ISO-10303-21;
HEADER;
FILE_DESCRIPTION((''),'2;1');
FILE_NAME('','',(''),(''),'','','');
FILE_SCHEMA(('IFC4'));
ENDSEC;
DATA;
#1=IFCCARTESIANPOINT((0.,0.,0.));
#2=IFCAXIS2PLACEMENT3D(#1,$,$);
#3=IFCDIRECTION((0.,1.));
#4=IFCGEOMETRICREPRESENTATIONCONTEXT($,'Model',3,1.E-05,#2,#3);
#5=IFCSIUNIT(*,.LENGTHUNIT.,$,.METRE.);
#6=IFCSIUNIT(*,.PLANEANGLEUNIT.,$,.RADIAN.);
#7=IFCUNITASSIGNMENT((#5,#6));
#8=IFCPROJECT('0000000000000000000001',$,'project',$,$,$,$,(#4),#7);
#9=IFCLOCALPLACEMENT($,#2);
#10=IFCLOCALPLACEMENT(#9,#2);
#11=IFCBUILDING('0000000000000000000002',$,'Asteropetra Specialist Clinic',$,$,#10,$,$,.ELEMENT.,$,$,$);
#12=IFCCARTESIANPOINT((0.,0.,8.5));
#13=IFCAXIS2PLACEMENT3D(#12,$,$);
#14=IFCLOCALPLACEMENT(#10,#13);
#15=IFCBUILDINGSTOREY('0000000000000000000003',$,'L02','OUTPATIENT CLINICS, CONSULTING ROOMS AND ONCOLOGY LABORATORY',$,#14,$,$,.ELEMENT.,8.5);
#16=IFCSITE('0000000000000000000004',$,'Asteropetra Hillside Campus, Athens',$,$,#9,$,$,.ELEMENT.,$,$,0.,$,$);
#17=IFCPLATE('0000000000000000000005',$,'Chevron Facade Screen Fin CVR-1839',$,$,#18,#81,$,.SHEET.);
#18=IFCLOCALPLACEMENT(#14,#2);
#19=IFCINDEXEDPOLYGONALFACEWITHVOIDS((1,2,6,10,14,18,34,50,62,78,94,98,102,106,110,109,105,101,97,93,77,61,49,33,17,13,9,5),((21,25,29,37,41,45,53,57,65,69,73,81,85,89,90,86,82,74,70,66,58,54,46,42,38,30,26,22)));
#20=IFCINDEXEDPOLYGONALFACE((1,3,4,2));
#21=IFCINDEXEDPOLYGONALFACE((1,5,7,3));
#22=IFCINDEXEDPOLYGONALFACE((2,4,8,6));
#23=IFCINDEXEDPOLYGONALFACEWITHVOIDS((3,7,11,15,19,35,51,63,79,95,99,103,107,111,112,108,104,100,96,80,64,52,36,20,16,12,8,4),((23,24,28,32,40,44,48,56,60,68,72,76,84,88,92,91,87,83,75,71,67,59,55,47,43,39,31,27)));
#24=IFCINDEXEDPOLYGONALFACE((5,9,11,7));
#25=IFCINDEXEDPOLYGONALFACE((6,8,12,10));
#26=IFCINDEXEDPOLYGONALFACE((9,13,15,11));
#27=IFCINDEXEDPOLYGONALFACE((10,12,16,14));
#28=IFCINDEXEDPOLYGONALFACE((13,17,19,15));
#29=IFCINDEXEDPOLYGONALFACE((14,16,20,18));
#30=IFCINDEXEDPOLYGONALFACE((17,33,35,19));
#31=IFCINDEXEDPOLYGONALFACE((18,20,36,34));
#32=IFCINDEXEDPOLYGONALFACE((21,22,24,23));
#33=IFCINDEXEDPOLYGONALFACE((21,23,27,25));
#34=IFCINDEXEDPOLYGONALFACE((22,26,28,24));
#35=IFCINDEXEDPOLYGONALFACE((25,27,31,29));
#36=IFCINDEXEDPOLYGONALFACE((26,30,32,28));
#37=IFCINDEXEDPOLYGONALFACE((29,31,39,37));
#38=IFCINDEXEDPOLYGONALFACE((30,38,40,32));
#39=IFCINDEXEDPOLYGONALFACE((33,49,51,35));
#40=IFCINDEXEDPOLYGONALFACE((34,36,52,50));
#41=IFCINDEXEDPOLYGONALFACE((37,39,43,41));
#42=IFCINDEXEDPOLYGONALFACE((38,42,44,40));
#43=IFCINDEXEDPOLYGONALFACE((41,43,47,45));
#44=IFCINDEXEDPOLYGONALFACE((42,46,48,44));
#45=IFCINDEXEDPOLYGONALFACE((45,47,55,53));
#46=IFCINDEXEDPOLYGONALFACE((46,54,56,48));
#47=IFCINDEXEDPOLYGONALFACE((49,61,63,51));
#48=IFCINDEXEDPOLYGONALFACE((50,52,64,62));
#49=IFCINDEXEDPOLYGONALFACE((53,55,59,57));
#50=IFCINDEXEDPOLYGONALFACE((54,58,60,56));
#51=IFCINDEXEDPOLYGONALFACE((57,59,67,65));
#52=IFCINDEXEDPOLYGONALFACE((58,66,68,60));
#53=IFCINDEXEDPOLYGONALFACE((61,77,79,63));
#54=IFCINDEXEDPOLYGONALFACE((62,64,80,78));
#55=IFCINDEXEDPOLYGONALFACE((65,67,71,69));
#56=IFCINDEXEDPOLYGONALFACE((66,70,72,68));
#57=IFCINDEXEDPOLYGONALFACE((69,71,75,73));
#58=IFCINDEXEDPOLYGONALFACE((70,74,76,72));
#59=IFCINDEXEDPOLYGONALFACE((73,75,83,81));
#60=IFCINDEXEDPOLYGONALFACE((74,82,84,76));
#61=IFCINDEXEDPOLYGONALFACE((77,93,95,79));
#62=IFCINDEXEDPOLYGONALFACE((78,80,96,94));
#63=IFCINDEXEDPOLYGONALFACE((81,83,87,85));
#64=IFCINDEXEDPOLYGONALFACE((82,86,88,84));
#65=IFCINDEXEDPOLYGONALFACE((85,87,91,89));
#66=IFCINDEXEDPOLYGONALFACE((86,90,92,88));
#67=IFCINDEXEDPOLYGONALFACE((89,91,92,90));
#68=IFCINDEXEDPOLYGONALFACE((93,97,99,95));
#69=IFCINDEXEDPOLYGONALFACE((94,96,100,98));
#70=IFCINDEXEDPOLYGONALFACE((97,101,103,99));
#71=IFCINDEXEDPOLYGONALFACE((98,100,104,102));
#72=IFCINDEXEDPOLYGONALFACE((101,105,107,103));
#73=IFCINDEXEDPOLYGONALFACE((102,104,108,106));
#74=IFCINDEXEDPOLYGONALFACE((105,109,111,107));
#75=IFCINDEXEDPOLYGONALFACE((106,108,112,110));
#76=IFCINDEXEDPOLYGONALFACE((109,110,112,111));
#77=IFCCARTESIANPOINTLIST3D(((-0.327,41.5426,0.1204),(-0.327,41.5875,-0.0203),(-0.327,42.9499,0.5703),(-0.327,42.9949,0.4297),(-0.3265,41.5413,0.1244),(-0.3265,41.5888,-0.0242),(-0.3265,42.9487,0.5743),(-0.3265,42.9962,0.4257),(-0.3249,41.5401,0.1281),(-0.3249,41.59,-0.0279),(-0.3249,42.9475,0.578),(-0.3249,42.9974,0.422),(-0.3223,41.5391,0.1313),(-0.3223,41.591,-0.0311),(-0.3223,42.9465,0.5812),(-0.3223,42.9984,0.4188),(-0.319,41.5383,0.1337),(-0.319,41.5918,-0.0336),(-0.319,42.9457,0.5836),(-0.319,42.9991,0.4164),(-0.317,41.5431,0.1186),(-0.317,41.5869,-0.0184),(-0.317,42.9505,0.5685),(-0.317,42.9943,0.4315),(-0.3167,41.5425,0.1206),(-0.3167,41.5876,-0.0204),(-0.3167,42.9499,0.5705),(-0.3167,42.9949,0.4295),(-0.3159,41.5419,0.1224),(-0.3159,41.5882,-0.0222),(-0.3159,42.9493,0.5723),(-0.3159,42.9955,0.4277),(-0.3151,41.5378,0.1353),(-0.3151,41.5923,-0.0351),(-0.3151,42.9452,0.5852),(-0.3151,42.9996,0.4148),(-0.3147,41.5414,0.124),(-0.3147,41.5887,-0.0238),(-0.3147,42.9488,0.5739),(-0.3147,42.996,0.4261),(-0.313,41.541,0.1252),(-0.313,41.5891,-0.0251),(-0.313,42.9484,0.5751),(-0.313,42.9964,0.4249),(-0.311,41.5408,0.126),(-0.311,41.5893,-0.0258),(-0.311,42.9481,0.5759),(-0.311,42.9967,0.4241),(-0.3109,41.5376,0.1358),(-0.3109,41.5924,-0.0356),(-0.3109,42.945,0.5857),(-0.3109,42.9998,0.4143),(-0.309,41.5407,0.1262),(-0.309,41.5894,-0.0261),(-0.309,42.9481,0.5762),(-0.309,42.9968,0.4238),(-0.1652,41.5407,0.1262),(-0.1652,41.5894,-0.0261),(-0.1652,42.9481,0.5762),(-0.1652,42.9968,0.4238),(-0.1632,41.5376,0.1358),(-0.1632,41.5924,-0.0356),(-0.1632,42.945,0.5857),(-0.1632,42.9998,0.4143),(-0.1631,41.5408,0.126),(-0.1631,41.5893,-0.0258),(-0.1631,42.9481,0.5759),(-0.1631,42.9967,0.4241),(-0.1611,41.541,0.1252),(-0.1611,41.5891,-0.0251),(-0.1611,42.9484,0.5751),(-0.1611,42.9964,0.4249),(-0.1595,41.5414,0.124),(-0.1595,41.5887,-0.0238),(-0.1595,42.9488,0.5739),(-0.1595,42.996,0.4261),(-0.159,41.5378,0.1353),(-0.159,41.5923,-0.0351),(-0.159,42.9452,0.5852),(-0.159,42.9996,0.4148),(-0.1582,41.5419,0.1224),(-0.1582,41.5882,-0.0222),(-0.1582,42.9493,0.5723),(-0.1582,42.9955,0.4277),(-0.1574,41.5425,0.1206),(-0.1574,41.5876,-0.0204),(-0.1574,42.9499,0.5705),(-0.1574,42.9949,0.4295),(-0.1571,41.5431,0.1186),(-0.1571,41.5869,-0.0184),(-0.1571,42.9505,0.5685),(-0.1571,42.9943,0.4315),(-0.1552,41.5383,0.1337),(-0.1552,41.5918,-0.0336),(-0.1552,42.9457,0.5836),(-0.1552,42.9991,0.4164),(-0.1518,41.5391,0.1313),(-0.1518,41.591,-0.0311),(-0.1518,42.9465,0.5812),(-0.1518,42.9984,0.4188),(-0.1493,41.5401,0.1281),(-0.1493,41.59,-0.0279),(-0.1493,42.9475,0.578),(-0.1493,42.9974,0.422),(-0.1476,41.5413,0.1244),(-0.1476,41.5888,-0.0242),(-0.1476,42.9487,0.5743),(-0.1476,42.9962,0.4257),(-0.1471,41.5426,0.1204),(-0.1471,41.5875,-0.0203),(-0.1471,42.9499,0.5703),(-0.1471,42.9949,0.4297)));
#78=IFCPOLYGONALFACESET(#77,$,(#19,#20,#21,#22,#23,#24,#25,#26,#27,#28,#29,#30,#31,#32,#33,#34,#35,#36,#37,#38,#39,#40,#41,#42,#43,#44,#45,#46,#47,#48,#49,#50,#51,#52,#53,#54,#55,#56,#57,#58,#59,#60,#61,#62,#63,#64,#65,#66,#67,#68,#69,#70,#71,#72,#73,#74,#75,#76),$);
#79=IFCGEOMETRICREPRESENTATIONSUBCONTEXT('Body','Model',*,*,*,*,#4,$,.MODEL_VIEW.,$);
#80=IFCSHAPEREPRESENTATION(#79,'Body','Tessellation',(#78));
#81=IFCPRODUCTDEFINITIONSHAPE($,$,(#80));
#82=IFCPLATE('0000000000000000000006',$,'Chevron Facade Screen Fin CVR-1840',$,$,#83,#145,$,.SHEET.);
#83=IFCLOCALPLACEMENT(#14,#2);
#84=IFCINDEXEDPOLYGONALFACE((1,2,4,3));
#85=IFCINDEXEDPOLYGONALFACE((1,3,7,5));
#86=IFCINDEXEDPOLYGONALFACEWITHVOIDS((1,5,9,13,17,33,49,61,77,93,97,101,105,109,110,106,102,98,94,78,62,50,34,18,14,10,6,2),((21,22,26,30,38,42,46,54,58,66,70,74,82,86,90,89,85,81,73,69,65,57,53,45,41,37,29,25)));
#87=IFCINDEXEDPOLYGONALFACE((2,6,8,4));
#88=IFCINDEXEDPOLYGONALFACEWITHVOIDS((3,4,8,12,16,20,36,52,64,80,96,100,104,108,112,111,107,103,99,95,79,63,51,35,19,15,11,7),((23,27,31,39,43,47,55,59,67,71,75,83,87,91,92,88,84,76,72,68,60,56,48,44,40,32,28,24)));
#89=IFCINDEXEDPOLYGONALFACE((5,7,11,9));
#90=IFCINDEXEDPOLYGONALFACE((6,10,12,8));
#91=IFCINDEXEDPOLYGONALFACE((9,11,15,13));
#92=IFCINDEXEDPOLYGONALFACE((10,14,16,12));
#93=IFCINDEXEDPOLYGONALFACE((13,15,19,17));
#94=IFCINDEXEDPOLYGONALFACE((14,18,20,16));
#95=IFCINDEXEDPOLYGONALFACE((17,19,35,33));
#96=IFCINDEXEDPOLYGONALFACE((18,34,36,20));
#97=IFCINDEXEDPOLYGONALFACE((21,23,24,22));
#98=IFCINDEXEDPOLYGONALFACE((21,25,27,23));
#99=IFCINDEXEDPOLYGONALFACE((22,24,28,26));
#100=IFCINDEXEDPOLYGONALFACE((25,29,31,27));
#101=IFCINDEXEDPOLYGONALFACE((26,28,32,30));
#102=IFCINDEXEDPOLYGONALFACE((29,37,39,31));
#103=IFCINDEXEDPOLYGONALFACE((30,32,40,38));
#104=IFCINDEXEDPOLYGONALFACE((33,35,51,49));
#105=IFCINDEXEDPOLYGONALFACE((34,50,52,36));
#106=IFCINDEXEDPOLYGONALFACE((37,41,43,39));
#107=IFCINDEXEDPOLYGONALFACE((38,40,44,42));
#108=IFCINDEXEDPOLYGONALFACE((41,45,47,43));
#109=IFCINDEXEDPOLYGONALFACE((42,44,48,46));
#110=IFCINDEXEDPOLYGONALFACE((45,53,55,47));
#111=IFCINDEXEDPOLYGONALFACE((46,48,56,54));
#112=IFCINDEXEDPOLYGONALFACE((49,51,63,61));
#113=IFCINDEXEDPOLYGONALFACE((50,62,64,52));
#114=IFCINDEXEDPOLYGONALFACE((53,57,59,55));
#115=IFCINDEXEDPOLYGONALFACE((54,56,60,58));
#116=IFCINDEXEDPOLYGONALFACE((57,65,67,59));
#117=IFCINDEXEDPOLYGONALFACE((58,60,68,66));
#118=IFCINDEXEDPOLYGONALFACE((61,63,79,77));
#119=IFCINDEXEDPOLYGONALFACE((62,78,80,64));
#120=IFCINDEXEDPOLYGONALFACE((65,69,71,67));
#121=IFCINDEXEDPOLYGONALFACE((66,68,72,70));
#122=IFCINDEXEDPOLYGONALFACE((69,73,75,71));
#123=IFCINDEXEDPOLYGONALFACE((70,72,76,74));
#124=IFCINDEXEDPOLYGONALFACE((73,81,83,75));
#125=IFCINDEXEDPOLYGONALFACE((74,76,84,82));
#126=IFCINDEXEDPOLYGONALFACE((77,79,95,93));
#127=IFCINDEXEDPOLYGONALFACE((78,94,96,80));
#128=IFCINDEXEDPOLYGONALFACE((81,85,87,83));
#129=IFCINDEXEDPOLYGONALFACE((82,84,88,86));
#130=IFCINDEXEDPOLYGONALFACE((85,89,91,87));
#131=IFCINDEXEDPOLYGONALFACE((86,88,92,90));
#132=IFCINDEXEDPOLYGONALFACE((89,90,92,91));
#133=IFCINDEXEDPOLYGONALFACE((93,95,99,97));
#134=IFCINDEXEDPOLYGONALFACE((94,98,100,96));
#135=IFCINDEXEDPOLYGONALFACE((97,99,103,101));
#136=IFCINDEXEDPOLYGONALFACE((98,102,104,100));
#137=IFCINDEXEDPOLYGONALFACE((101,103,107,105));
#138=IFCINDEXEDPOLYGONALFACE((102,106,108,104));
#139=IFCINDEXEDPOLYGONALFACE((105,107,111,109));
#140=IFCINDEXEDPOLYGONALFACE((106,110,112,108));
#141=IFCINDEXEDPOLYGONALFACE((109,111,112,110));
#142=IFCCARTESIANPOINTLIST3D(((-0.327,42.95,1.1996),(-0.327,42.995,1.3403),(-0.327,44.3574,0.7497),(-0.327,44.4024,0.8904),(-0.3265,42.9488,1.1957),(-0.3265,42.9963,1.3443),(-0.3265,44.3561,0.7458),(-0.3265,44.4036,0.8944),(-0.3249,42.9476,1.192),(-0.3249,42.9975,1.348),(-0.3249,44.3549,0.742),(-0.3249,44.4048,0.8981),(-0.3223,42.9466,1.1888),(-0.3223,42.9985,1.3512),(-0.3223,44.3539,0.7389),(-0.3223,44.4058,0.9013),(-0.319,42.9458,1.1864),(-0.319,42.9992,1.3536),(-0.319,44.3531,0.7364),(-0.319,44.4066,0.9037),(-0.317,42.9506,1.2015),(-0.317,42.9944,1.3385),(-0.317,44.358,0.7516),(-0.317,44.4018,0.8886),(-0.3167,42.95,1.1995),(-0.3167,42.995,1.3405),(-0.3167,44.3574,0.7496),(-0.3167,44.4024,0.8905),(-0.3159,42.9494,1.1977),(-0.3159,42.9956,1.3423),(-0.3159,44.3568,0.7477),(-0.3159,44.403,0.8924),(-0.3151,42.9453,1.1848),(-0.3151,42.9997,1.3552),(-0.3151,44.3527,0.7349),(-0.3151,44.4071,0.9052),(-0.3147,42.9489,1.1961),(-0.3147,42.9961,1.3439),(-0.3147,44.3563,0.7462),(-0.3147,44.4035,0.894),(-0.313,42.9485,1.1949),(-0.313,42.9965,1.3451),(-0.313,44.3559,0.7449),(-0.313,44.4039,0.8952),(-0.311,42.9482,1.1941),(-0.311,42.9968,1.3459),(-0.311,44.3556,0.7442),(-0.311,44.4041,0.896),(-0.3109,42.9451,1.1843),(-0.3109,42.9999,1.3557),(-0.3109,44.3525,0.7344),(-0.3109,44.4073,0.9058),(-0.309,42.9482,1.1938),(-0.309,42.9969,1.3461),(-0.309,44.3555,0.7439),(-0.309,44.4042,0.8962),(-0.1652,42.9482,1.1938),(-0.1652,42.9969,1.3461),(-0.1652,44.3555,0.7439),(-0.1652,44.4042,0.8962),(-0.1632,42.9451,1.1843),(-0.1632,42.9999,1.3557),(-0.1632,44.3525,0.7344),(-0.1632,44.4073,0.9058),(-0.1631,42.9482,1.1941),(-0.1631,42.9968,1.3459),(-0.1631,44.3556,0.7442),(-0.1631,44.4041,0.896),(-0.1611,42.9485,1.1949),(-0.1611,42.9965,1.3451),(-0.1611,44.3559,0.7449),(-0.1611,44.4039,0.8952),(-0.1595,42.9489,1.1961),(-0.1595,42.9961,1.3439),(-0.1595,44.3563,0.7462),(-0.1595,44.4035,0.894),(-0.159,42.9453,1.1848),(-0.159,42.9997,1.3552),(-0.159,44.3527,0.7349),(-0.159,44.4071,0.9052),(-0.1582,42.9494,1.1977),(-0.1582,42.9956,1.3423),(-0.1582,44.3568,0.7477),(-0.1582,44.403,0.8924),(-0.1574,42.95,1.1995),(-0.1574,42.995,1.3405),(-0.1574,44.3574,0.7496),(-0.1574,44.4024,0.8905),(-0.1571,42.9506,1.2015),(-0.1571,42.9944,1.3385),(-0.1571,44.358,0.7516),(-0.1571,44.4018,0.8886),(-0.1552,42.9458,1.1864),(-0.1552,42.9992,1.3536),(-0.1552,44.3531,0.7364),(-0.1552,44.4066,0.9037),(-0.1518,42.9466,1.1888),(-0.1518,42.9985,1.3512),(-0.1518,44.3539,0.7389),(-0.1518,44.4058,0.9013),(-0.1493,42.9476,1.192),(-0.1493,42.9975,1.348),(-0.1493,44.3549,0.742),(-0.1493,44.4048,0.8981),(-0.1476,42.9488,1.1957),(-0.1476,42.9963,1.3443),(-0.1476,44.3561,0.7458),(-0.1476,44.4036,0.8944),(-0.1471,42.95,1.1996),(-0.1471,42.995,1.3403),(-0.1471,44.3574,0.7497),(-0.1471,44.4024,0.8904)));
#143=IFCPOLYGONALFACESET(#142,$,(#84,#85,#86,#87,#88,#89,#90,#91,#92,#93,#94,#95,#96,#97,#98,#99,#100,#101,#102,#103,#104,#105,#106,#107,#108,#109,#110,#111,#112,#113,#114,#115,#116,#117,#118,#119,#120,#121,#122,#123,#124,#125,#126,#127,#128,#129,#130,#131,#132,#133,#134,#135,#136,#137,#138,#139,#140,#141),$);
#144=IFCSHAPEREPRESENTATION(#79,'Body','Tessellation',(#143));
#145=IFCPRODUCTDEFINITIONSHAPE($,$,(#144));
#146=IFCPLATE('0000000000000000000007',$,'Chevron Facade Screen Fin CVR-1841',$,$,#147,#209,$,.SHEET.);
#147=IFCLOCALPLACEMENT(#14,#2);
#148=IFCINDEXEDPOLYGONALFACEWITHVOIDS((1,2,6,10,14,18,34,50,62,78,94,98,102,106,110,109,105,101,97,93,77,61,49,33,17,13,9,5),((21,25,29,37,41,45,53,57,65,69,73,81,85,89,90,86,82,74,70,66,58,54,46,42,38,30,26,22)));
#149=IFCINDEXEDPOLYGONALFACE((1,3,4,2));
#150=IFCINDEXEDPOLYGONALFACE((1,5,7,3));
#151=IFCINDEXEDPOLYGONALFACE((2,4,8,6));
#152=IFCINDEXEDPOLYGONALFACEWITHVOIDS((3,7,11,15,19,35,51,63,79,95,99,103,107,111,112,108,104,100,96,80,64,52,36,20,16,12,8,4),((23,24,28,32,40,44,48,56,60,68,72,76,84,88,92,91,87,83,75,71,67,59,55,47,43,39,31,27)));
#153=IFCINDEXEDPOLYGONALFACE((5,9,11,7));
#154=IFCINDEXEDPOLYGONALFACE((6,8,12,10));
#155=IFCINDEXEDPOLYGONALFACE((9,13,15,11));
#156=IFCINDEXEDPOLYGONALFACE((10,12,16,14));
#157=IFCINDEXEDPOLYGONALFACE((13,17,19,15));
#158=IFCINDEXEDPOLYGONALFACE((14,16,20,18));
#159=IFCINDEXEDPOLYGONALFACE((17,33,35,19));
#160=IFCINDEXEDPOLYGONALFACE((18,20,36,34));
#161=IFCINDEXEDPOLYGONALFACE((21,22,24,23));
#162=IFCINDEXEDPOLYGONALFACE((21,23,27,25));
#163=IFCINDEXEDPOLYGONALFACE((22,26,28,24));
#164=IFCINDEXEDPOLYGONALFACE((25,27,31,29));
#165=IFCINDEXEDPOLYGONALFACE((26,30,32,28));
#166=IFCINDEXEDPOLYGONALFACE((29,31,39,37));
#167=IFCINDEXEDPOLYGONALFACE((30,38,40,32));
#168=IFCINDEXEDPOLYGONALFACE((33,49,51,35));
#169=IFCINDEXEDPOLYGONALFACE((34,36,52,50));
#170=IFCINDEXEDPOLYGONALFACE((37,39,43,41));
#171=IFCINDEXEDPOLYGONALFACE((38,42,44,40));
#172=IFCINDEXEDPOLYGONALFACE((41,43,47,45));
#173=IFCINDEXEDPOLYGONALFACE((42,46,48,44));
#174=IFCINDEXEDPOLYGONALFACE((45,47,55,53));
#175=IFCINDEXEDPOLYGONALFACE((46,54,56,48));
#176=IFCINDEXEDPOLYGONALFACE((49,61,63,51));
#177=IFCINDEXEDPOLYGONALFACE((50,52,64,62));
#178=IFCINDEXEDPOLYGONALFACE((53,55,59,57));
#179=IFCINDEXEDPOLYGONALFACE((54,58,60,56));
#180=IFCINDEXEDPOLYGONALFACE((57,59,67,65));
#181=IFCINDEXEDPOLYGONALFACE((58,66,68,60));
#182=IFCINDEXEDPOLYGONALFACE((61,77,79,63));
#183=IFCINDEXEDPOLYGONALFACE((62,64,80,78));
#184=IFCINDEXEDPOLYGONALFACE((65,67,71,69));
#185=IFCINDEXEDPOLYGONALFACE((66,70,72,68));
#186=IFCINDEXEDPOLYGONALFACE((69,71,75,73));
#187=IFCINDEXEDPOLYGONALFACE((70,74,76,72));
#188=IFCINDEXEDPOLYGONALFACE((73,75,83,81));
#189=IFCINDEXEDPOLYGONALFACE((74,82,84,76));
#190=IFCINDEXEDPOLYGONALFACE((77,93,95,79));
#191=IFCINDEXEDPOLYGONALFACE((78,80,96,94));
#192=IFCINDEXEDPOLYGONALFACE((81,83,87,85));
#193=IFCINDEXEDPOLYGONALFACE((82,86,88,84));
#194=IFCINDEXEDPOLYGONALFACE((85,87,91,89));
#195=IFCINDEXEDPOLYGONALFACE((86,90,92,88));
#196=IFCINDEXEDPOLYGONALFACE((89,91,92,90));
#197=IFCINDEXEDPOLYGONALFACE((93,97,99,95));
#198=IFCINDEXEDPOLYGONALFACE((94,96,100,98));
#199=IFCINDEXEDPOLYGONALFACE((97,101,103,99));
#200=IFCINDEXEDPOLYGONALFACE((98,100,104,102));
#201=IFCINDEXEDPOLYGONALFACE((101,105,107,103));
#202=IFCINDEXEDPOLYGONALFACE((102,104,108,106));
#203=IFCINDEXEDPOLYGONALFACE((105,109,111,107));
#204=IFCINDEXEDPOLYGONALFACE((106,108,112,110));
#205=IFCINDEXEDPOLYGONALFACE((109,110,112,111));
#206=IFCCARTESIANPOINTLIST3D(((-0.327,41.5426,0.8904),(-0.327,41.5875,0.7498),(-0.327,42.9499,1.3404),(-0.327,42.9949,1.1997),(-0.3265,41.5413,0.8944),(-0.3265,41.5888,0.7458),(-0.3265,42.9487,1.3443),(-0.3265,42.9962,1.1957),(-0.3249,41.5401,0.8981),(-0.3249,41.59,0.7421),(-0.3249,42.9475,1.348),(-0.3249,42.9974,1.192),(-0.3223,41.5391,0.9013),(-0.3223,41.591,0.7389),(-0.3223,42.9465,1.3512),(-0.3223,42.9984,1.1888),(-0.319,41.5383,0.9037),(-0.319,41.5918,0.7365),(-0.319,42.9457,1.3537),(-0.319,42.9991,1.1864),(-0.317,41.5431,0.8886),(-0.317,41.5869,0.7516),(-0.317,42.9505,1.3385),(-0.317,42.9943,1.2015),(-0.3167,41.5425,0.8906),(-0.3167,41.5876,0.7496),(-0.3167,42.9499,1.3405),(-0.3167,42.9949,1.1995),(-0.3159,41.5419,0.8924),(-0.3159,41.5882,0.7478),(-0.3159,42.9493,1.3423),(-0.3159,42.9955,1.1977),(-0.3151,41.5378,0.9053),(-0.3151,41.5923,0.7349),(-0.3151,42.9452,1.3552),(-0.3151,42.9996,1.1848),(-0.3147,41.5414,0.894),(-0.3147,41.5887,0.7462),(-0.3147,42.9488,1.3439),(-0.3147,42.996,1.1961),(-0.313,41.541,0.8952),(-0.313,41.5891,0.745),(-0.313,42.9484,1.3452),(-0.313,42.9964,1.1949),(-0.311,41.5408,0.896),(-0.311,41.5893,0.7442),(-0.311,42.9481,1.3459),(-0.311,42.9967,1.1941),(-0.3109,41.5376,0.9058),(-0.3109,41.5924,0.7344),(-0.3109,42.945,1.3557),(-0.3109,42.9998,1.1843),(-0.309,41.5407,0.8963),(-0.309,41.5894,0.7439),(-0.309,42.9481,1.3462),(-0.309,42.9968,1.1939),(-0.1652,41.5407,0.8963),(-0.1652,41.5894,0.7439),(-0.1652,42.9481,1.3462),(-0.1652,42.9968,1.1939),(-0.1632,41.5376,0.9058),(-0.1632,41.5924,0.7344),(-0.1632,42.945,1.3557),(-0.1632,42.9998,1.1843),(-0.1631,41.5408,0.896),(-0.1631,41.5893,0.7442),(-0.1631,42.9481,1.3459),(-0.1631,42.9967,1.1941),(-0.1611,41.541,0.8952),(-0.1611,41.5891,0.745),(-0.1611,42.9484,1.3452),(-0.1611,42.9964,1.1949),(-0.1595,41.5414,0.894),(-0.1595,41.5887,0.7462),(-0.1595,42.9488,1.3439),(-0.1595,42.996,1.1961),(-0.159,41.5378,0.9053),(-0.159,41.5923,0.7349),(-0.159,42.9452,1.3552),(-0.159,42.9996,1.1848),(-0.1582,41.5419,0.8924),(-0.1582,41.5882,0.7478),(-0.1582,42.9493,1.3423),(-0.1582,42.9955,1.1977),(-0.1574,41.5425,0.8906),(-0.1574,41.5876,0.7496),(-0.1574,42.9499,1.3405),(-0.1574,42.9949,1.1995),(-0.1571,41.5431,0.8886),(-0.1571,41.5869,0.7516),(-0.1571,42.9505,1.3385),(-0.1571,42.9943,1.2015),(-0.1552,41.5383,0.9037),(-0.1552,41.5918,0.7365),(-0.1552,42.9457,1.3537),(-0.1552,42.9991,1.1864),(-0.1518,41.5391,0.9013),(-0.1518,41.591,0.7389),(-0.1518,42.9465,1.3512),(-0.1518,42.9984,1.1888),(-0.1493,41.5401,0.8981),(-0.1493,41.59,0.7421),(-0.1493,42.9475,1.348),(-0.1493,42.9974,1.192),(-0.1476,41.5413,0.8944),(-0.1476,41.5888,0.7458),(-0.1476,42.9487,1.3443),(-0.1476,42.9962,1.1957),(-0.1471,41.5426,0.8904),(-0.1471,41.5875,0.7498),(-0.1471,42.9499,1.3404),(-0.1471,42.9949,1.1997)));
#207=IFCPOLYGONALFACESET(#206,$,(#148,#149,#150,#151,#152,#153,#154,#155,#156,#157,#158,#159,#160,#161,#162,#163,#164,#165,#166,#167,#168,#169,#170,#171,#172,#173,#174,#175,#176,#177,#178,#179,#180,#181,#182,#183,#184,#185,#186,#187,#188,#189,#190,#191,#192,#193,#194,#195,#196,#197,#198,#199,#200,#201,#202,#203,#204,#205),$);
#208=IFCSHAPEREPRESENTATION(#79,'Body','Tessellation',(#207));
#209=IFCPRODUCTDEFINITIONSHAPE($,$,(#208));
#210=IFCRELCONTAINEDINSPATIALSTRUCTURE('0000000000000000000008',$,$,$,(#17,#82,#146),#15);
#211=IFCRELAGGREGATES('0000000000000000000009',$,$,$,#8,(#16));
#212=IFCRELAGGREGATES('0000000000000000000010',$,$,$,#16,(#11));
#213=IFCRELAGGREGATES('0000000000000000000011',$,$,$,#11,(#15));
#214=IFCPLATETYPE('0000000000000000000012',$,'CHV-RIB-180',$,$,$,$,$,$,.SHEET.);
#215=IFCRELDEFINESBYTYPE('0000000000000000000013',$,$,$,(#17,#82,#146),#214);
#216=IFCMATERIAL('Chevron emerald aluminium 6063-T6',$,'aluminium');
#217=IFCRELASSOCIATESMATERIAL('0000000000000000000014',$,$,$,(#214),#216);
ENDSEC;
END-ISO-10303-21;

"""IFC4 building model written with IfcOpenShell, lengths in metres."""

from ifc_helpers import new_model, si_unit, direction, frame, origin, origin_2d, place, context, subcontext, project, spatial, hollow_rectangle, extrude, material, material_profile, profile_set, type_object, element, save


model = new_model("IFC4")

# Units and contexts
model_context = context("Model", 3, precision=1e-05, world=origin(), true_north=direction((0.0, 1.0)))
body_context = subcontext(model_context, "Body", "Model", "MODEL_VIEW")
ifc_project = project(units=[si_unit("LENGTHUNIT", "METRE"), si_unit("PLANEANGLEUNIT", "RADIAN")], contexts=[model_context])

# Site, building, storey
site_placement = place(None, origin())
site = spatial("IfcSite", under=ifc_project, at=site_placement, Name="Asteropetra Hillside Campus, Athens", CompositionType="ELEMENT", RefElevation=0.0)
building_placement = place(site_placement, origin())
building = spatial("IfcBuilding", under=site, at=building_placement, Name="Asteropetra Specialist Clinic", CompositionType="ELEMENT")
storey_placement = place(building_placement, frame((0.0, 0.0, 8.5)))
storey = spatial("IfcBuildingStorey", under=building, at=storey_placement, Name="L02", Description="OUTPATIENT CLINICS, CONSULTING ROOMS AND ONCOLOGY LABORATORY", CompositionType="ELEMENT", Elevation=8.5)

# Plates
ifc_material_1 = material(Name="Chevron emerald aluminium 6063-T6", Category="aluminium")
ifc_material_profile = material_profile(ifc_material_1, hollow_rectangle(XDim=0.1799, YDim=0.1799, WallThickness=0.01, InnerFilletRadius=0.0081, OuterFilletRadius=0.0161, at=origin_2d()), Name="SHS 180x180x10.0")
ifc_profile_set = profile_set([ifc_material_profile], Name="Chevron emerald aluminium 6063-T6")
plate_type_1 = type_object("IfcPlateType", Name="CHV-RIB-180", PredefinedType="SHEET", material=ifc_profile_set)
for number, where, z_axis, x_axis, name in (
    (1, (-0.2371, 42.9724, 0.5), (0.0, -0.95251, -0.304506), (1.0, 0.0, 0.0), "Chevron Facade Screen Fin CVR-1839"),
    (2, (-0.2371, 44.3799, 0.8201), (0.0, -0.95251, 0.304506), (1.0, 0.0, 0.0), "Chevron Facade Screen Fin CVR-1840"),
    (3, (-0.2371, 42.9724, 1.27), (0.0, -0.95251, -0.304506), (1.0, 0.0, 0.0), "Chevron Facade Screen Fin CVR-1841"),
):
    element("IfcPlate", number, at=place(storey_placement, frame(where, z_axis=z_axis, x_axis=x_axis)), inside=storey, type_object=plate_type_1, Name=name, PredefinedType="SHEET", context=body_context, shape_type="SweptSolid", body=[
        extrude(hollow_rectangle(XDim=0.1799, YDim=0.1799, WallThickness=0.01, InnerFilletRadius=0.0081, OuterFilletRadius=0.0161, at=origin_2d()), origin(), (0.0, 0.0, 1.0), 1.4775),
    ])

save(model, "model.ifc")
